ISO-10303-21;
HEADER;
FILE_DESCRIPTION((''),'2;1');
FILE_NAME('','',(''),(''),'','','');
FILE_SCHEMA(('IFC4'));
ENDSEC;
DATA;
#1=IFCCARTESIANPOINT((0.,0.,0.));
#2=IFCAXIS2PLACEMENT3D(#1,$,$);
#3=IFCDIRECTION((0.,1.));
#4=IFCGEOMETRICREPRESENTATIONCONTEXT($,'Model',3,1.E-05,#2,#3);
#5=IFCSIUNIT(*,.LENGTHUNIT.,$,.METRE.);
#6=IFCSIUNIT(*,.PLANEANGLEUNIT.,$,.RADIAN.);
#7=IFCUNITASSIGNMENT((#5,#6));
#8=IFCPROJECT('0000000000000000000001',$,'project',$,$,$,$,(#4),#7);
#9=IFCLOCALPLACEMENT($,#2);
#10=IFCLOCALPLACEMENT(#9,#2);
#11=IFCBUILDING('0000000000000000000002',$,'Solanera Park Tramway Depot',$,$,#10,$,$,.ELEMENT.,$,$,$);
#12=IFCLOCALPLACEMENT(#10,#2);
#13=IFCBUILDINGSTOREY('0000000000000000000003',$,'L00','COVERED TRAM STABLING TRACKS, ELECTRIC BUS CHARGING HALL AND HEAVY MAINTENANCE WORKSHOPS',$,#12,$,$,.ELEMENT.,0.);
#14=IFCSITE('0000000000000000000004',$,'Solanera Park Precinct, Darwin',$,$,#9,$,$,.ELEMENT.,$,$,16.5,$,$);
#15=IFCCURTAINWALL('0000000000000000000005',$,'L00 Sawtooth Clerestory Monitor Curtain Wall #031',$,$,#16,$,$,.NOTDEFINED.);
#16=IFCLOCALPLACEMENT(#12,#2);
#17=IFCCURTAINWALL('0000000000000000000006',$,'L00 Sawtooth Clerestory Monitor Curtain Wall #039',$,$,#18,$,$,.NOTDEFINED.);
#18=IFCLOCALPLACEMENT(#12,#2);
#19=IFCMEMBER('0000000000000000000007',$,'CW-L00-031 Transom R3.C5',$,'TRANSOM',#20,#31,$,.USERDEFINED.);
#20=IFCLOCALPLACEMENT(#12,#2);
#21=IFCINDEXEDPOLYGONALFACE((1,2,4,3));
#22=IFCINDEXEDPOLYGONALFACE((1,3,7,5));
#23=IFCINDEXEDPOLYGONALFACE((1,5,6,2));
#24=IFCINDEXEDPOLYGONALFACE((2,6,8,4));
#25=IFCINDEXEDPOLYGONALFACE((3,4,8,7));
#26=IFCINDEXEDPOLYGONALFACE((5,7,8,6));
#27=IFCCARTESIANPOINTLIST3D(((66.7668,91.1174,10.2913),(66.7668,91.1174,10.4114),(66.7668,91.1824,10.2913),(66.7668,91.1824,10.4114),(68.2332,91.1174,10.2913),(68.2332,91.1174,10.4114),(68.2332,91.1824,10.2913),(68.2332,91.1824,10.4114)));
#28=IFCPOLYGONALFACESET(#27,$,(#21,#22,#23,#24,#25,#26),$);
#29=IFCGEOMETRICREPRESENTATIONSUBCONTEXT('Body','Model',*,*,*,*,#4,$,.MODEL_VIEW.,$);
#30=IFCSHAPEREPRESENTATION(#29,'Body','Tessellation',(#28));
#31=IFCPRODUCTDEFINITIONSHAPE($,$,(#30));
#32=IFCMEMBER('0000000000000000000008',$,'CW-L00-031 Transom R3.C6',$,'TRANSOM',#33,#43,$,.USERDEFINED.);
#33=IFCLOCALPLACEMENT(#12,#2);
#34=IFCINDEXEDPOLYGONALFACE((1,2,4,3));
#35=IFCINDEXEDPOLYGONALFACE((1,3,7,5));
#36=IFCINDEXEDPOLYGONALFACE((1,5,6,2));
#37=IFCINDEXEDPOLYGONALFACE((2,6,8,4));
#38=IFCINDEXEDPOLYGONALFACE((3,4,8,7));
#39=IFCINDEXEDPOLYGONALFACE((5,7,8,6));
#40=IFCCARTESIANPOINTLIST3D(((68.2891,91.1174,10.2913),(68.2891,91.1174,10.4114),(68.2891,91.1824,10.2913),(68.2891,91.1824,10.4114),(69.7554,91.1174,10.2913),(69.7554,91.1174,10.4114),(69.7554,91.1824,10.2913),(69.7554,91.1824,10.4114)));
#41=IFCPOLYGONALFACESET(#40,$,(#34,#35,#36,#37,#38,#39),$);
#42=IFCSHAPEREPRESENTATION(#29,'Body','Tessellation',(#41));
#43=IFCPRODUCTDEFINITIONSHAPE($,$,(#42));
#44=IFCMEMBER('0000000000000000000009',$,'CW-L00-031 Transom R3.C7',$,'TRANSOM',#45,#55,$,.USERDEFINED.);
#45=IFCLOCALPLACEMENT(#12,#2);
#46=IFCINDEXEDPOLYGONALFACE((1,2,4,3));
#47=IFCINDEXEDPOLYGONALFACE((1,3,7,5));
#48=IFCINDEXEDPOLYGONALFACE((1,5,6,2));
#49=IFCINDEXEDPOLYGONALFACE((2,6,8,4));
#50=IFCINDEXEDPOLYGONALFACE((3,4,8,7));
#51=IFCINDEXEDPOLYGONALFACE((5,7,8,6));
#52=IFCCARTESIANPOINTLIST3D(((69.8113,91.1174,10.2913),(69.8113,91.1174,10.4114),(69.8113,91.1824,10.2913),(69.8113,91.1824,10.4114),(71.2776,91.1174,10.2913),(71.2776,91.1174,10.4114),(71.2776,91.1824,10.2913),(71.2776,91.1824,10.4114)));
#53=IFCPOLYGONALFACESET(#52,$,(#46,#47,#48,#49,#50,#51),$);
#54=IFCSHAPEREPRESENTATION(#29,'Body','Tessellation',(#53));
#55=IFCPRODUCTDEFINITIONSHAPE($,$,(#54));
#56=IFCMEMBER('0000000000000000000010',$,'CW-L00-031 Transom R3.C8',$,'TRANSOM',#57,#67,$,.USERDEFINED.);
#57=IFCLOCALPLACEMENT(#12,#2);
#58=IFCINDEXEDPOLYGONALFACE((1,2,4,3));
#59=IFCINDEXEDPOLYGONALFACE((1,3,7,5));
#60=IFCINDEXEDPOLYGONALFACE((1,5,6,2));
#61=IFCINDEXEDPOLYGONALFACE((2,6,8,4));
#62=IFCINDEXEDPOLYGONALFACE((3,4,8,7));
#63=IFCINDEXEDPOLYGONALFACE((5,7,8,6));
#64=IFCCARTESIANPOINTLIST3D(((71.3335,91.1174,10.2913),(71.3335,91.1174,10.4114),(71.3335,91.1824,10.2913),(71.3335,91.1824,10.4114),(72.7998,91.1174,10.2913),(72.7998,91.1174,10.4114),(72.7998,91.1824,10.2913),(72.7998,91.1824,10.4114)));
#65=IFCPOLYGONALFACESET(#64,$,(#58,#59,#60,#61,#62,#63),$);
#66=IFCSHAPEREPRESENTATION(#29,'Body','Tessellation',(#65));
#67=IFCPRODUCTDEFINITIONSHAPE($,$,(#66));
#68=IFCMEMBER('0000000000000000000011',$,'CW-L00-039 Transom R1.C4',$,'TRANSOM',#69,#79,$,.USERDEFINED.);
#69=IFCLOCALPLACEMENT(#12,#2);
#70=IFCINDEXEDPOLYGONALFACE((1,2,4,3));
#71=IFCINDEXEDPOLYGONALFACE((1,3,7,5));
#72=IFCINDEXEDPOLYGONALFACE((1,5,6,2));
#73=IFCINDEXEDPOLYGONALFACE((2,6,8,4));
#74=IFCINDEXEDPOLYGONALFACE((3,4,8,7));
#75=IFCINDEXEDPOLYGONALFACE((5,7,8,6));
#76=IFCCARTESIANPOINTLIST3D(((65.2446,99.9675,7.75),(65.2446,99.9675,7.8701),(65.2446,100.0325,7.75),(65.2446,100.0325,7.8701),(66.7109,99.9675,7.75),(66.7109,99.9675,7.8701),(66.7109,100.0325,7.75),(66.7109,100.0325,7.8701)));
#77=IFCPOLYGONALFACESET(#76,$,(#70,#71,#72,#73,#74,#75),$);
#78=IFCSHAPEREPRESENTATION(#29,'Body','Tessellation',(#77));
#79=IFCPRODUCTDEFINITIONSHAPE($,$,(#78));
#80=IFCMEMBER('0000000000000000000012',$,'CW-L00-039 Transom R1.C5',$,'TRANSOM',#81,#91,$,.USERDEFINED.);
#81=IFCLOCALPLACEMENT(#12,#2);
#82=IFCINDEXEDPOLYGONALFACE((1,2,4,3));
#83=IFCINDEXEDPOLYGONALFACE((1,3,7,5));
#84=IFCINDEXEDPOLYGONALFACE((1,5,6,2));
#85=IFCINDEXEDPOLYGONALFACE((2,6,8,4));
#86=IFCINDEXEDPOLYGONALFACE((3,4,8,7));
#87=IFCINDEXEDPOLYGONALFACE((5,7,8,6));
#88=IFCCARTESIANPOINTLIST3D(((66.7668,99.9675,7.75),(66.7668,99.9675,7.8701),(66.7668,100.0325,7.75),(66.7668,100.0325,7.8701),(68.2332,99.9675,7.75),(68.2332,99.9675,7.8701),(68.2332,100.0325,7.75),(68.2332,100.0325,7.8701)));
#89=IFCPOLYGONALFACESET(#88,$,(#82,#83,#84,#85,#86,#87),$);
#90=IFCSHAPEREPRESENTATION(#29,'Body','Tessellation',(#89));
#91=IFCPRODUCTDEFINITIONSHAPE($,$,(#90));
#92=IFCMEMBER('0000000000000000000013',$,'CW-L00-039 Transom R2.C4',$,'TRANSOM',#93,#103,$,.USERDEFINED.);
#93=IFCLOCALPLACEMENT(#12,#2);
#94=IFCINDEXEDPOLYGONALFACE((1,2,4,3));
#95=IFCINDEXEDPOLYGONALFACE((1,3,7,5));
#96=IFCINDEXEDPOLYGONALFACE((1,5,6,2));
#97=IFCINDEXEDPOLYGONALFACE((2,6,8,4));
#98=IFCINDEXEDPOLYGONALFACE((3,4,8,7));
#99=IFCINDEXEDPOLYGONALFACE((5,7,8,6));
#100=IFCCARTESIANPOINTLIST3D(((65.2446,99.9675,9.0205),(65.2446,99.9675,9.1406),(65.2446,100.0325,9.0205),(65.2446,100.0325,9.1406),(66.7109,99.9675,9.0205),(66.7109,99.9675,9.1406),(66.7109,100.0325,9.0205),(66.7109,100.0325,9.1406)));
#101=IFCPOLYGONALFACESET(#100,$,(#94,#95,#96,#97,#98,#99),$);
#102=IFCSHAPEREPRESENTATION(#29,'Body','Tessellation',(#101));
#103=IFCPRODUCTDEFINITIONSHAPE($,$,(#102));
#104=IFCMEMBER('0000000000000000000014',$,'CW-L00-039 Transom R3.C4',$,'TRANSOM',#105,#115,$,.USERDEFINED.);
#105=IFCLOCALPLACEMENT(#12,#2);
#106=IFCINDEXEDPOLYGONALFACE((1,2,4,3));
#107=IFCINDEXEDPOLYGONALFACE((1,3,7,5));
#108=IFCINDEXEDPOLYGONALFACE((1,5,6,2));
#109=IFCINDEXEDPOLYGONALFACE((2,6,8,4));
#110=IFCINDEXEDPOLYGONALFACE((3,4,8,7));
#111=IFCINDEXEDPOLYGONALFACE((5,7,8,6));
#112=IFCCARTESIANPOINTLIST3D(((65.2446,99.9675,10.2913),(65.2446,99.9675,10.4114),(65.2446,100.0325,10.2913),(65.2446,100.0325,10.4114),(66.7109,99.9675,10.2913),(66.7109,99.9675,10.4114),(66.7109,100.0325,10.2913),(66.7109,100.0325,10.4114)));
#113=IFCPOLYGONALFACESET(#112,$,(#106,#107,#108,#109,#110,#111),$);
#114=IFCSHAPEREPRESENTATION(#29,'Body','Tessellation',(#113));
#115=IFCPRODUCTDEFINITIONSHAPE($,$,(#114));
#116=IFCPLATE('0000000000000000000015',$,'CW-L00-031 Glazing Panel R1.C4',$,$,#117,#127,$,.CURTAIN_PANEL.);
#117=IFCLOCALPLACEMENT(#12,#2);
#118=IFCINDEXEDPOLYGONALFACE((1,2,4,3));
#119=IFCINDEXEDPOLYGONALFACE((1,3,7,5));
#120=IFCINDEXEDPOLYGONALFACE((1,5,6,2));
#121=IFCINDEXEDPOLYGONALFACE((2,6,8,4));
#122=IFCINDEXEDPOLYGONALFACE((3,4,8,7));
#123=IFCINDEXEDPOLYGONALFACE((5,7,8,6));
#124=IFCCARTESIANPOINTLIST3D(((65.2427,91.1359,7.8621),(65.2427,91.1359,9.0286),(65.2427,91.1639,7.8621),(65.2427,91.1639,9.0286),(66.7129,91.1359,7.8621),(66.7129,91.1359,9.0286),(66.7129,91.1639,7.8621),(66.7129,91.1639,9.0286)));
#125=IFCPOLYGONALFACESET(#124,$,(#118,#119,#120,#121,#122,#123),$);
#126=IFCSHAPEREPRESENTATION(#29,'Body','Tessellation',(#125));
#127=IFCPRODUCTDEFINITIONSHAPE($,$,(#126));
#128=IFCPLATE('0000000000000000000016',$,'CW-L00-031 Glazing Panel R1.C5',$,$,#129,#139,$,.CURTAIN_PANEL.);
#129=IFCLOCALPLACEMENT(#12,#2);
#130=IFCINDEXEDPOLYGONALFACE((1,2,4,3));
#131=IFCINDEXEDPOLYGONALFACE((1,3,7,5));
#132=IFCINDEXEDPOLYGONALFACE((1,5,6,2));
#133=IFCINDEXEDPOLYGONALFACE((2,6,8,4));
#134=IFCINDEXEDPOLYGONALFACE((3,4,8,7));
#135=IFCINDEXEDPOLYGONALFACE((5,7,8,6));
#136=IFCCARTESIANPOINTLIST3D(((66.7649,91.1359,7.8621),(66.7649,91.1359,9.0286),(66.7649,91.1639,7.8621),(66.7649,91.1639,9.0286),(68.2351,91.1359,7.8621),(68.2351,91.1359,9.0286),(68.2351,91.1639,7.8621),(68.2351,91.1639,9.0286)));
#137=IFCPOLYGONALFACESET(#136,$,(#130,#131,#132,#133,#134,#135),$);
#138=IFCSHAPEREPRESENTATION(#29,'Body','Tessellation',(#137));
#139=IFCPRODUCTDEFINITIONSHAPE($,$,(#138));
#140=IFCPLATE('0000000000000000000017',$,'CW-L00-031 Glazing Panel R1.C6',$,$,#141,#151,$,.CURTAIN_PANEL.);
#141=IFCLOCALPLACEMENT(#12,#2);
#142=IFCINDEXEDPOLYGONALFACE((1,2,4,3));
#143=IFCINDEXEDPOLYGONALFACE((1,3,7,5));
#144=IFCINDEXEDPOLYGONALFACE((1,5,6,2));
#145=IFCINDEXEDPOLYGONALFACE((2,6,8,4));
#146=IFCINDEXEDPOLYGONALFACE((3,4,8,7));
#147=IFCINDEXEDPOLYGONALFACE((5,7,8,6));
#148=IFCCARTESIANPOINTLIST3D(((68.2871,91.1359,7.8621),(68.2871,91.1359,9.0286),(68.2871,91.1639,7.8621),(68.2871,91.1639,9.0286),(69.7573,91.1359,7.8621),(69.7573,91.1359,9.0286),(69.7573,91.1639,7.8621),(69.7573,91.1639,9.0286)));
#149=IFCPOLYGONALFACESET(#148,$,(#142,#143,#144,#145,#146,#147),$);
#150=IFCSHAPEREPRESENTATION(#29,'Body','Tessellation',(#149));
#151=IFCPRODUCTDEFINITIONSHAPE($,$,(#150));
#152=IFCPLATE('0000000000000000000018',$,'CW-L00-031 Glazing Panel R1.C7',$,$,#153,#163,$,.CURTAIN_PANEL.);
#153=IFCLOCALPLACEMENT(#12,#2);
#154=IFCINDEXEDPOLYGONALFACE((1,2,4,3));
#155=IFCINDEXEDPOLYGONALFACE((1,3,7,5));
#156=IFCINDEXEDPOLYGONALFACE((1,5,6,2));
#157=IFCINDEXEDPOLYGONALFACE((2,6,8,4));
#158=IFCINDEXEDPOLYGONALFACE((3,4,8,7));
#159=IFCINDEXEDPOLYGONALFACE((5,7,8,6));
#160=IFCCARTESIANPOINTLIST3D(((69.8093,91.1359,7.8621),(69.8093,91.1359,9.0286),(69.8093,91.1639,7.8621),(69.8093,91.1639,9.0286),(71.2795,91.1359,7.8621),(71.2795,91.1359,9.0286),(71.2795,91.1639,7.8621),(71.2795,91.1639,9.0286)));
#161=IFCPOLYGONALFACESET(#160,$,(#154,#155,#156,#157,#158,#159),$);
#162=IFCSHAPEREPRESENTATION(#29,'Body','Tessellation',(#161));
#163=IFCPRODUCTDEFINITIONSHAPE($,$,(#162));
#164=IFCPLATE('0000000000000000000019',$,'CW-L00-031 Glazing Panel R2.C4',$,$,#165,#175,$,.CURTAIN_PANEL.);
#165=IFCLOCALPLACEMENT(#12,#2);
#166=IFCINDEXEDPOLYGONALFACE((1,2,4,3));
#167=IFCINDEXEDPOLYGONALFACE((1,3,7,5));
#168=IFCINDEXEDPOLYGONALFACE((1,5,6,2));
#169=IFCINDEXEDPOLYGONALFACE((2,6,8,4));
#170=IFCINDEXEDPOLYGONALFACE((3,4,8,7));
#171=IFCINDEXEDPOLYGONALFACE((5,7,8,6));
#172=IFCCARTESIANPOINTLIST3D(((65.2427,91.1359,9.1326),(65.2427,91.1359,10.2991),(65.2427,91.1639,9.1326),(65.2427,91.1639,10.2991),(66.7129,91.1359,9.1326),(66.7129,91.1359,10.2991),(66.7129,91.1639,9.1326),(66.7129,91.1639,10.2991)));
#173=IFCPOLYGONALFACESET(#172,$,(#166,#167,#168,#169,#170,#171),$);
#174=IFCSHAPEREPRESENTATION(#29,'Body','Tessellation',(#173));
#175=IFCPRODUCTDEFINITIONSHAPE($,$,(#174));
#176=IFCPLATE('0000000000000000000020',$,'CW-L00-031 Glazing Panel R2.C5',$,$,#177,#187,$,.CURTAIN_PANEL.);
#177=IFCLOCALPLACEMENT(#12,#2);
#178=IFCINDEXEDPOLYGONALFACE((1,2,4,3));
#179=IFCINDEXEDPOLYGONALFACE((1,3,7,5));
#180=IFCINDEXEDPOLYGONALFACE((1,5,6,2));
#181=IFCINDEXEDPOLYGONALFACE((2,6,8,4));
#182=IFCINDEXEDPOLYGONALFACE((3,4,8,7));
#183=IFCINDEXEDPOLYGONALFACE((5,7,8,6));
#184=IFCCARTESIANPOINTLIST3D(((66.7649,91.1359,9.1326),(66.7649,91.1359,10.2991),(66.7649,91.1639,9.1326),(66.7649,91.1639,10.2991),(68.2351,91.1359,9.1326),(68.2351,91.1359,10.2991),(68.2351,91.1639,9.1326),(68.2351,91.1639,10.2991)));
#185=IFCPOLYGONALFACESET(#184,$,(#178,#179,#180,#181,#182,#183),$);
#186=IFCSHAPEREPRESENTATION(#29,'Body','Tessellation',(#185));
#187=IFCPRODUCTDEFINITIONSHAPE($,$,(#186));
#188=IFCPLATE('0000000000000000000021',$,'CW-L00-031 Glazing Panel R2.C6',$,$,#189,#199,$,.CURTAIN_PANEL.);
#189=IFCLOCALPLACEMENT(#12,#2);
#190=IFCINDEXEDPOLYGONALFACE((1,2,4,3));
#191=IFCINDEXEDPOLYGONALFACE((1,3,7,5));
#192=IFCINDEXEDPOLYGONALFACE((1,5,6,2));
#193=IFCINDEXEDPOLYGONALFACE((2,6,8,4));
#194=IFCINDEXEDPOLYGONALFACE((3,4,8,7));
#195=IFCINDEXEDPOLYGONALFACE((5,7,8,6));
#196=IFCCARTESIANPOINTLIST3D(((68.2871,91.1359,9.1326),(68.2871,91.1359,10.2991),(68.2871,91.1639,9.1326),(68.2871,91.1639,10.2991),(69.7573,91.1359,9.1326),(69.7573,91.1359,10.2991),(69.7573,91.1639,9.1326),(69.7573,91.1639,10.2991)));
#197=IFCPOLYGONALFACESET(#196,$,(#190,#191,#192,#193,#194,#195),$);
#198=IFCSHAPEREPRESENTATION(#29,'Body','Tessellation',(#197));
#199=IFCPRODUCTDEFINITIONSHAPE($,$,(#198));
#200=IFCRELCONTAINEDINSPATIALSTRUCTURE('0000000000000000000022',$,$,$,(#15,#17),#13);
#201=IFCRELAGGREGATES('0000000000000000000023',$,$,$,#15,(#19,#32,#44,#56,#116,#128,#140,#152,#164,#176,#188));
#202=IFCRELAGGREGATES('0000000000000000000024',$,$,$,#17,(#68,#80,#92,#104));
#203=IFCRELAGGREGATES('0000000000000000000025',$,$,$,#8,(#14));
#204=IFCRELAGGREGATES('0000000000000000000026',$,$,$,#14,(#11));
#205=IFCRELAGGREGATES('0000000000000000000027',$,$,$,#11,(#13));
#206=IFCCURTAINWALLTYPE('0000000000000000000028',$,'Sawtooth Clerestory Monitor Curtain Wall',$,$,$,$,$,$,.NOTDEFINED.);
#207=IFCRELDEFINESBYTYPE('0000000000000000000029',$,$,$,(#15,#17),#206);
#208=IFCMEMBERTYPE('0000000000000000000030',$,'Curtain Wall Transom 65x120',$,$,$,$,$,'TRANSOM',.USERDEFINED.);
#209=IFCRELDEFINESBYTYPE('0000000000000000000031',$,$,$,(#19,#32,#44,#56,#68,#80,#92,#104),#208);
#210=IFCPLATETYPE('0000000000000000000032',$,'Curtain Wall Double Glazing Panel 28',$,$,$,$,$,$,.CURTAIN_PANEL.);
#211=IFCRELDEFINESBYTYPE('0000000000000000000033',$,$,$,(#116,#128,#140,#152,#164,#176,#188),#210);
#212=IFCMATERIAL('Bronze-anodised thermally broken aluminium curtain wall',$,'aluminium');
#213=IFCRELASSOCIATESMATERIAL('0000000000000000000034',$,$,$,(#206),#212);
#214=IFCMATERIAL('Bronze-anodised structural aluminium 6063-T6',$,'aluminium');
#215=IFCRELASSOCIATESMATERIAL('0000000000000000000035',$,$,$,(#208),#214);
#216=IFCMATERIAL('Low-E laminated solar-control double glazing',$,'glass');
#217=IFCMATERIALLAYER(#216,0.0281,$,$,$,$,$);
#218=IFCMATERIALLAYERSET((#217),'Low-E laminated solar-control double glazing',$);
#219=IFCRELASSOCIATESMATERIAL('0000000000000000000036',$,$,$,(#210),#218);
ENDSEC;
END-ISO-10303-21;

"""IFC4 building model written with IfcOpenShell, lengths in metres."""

from ifc_helpers import new_model, si_unit, direction, frame, origin, origin_2d, place, context, subcontext, project, spatial, rectangle, extrude, material, layer, layer_set, material_profile, profile_set, type_object, element, aggregate, save


model = new_model("IFC4")

# Units and contexts
model_context = context("Model", 3, precision=1e-05, world=origin(), true_north=direction((0.0, 1.0)))
body_context = subcontext(model_context, "Body", "Model", "MODEL_VIEW")
ifc_project = project(units=[si_unit("LENGTHUNIT", "METRE"), si_unit("PLANEANGLEUNIT", "RADIAN")], contexts=[model_context])

# Site, building, storey
site_placement = place(None, origin())
site = spatial("IfcSite", under=ifc_project, at=site_placement, Name="Solanera Park Precinct, Darwin", CompositionType="ELEMENT", RefElevation=16.5)
building_placement = place(site_placement, origin())
building = spatial("IfcBuilding", under=site, at=building_placement, Name="Solanera Park Tramway Depot", CompositionType="ELEMENT")
storey_placement = place(building_placement, origin())
storey = spatial("IfcBuildingStorey", under=building, at=storey_placement, Name="L00", Description="COVERED TRAM STABLING TRACKS, ELECTRIC BUS CHARGING HALL AND HEAVY MAINTENANCE WORKSHOPS", CompositionType="ELEMENT", Elevation=0.0)

# Curtain wall
ifc_material_1 = material(Name="Bronze-anodised thermally broken aluminium curtain wall", Category="aluminium")
curtain_wall_type = type_object("IfcCurtainWallType", Name="Sawtooth Clerestory Monitor Curtain Wall", PredefinedType="NOTDEFINED", material=ifc_material_1)
curtain_wall_1_placement = place(storey_placement, origin())
curtain_wall_1 = element("IfcCurtainWall", 1, at=curtain_wall_1_placement, inside=storey, type_object=curtain_wall_type, Name="L00 Sawtooth Clerestory Monitor Curtain Wall #031", PredefinedType="NOTDEFINED")

# Curtain wall
curtain_wall_2_placement = place(storey_placement, origin())
curtain_wall_2 = element("IfcCurtainWall", 2, at=curtain_wall_2_placement, inside=storey, type_object=curtain_wall_type, Name="L00 Sawtooth Clerestory Monitor Curtain Wall #039", PredefinedType="NOTDEFINED")

# Members
ifc_material_2 = material(Name="Bronze-anodised structural aluminium 6063-T6", Category="aluminium")
ifc_material_profile_1 = material_profile(ifc_material_2, rectangle(XDim=0.0649, YDim=0.1201, at=origin_2d()), Name="Curtain Wall Transom 65x120")
ifc_profile_set_1 = profile_set([ifc_material_profile_1], Name="Bronze-anodised structural aluminium 6063-T6")
member_type_1 = type_object("IfcMemberType", Name="Curtain Wall Transom 65x120", ElementType="TRANSOM", PredefinedType="USERDEFINED", material=ifc_profile_set_1)
member_1_placement = place(storey_placement, frame((66.7668, 91.1499, 10.3513), z_axis=(1.0, 0.0, 0.0), x_axis=(0.0, 1.0, 0.0)))
member_1 = element("IfcMember", 3, at=member_1_placement, type_object=member_type_1, Name="CW-L00-031 Transom R3.C5", ObjectType="TRANSOM", PredefinedType="USERDEFINED", context=body_context, shape_type="SweptSolid", body=[
    extrude(rectangle(XDim=0.0649, YDim=0.1201, at=origin_2d()), origin(), (0.0, 0.0, 1.0), 1.4663),
])
member_2_placement = place(storey_placement, frame((68.2891, 91.1499, 10.3513), z_axis=(1.0, 0.0, 0.0), x_axis=(0.0, 1.0, 0.0)))
member_2 = element("IfcMember", 4, at=member_2_placement, type_object=member_type_1, Name="CW-L00-031 Transom R3.C6", ObjectType="TRANSOM", PredefinedType="USERDEFINED", context=body_context, shape_type="SweptSolid", body=[
    extrude(rectangle(XDim=0.0649, YDim=0.1201, at=origin_2d()), origin(), (0.0, 0.0, 1.0), 1.4663),
])
member_3_placement = place(storey_placement, frame((69.8113, 91.1499, 10.3513), z_axis=(1.0, 0.0, 0.0), x_axis=(0.0, 1.0, 0.0)))
member_3 = element("IfcMember", 5, at=member_3_placement, type_object=member_type_1, Name="CW-L00-031 Transom R3.C7", ObjectType="TRANSOM", PredefinedType="USERDEFINED", context=body_context, shape_type="SweptSolid", body=[
    extrude(rectangle(XDim=0.0649, YDim=0.1201, at=origin_2d()), origin(), (0.0, 0.0, 1.0), 1.4663),
])
member_4_placement = place(storey_placement, frame((71.3335, 91.1499, 10.3513), z_axis=(1.0, 0.0, 0.0), x_axis=(0.0, 1.0, 0.0)))
member_4 = element("IfcMember", 6, at=member_4_placement, type_object=member_type_1, Name="CW-L00-031 Transom R3.C8", ObjectType="TRANSOM", PredefinedType="USERDEFINED", context=body_context, shape_type="SweptSolid", body=[
    extrude(rectangle(XDim=0.0649, YDim=0.1201, at=origin_2d()), origin(), (0.0, 0.0, 1.0), 1.4663),
])
member_5_placement = place(storey_placement, frame((65.2446, 100.0, 7.8101), z_axis=(1.0, 0.0, 0.0), x_axis=(0.0, 1.0, 0.0)))
member_5 = element("IfcMember", 7, at=member_5_placement, type_object=member_type_1, Name="CW-L00-039 Transom R1.C4", ObjectType="TRANSOM", PredefinedType="USERDEFINED", context=body_context, shape_type="SweptSolid", body=[
    extrude(rectangle(XDim=0.0649, YDim=0.1201, at=origin_2d()), origin(), (0.0, 0.0, 1.0), 1.4663),
])
member_6_placement = place(storey_placement, frame((66.7668, 100.0, 7.8101), z_axis=(1.0, 0.0, 0.0), x_axis=(0.0, 1.0, 0.0)))
member_6 = element("IfcMember", 8, at=member_6_placement, type_object=member_type_1, Name="CW-L00-039 Transom R1.C5", ObjectType="TRANSOM", PredefinedType="USERDEFINED", context=body_context, shape_type="SweptSolid", body=[
    extrude(rectangle(XDim=0.0649, YDim=0.1201, at=origin_2d()), origin(), (0.0, 0.0, 1.0), 1.4663),
])
member_7_placement = place(storey_placement, frame((65.2446, 100.0, 9.0806), z_axis=(1.0, 0.0, 0.0), x_axis=(0.0, 1.0, 0.0)))
member_7 = element("IfcMember", 9, at=member_7_placement, type_object=member_type_1, Name="CW-L00-039 Transom R2.C4", ObjectType="TRANSOM", PredefinedType="USERDEFINED", context=body_context, shape_type="SweptSolid", body=[
    extrude(rectangle(XDim=0.0649, YDim=0.1201, at=origin_2d()), origin(), (0.0, 0.0, 1.0), 1.4663),
])
member_8_placement = place(storey_placement, frame((65.2446, 100.0, 10.3513), z_axis=(1.0, 0.0, 0.0), x_axis=(0.0, 1.0, 0.0)))
member_8 = element("IfcMember", 10, at=member_8_placement, type_object=member_type_1, Name="CW-L00-039 Transom R3.C4", ObjectType="TRANSOM", PredefinedType="USERDEFINED", context=body_context, shape_type="SweptSolid", body=[
    extrude(rectangle(XDim=0.0649, YDim=0.1201, at=origin_2d()), origin(), (0.0, 0.0, 1.0), 1.4663),
])

# Plates
ifc_material_3 = material(Name="Low-E laminated solar-control double glazing", Category="glass")
ifc_layer = layer(ifc_material_3, 0.0281)
ifc_layer_set = layer_set([ifc_layer], Name="Low-E laminated solar-control double glazing")
plate_type = type_object("IfcPlateType", Name="Curtain Wall Double Glazing Panel 28", PredefinedType="CURTAIN_PANEL", material=ifc_layer_set)
plate_1_placement = place(storey_placement, frame((65.9778, 91.1499, 7.8621), z_axis=(0.0, 0.0, 1.0), x_axis=(1.0, 0.0, 0.0)))
plate_1 = element("IfcPlate", 11, at=plate_1_placement, type_object=plate_type, Name="CW-L00-031 Glazing Panel R1.C4", PredefinedType="CURTAIN_PANEL", context=body_context, shape_type="SweptSolid", body=[
    extrude(rectangle(XDim=1.4702, YDim=0.0281, at=origin_2d()), origin(), (0.0, 0.0, 1.0), 1.1665),
])
plate_2_placement = place(storey_placement, frame((67.5, 91.1499, 7.8621), z_axis=(0.0, 0.0, 1.0), x_axis=(1.0, 0.0, 0.0)))
plate_2 = element("IfcPlate", 12, at=plate_2_placement, type_object=plate_type, Name="CW-L00-031 Glazing Panel R1.C5", PredefinedType="CURTAIN_PANEL", context=body_context, shape_type="SweptSolid", body=[
    extrude(rectangle(XDim=1.4702, YDim=0.0281, at=origin_2d()), origin(), (0.0, 0.0, 1.0), 1.1665),
])
plate_3_placement = place(storey_placement, frame((69.0222, 91.1499, 7.8621), z_axis=(0.0, 0.0, 1.0), x_axis=(1.0, 0.0, 0.0)))
plate_3 = element("IfcPlate", 13, at=plate_3_placement, type_object=plate_type, Name="CW-L00-031 Glazing Panel R1.C6", PredefinedType="CURTAIN_PANEL", context=body_context, shape_type="SweptSolid", body=[
    extrude(rectangle(XDim=1.4702, YDim=0.0281, at=origin_2d()), origin(), (0.0, 0.0, 1.0), 1.1665),
])
plate_4_placement = place(storey_placement, frame((70.5444, 91.1499, 7.8621), z_axis=(0.0, 0.0, 1.0), x_axis=(1.0, 0.0, 0.0)))
plate_4 = element("IfcPlate", 14, at=plate_4_placement, type_object=plate_type, Name="CW-L00-031 Glazing Panel R1.C7", PredefinedType="CURTAIN_PANEL", context=body_context, shape_type="SweptSolid", body=[
    extrude(rectangle(XDim=1.4702, YDim=0.0281, at=origin_2d()), origin(), (0.0, 0.0, 1.0), 1.1665),
])
plate_5_placement = place(storey_placement, frame((65.9778, 91.1499, 9.1326), z_axis=(0.0, 0.0, 1.0), x_axis=(1.0, 0.0, 0.0)))
plate_5 = element("IfcPlate", 15, at=plate_5_placement, type_object=plate_type, Name="CW-L00-031 Glazing Panel R2.C4", PredefinedType="CURTAIN_PANEL", context=body_context, shape_type="SweptSolid", body=[
    extrude(rectangle(XDim=1.4702, YDim=0.0281, at=origin_2d()), origin(), (0.0, 0.0, 1.0), 1.1665),
])
plate_6_placement = place(storey_placement, frame((67.5, 91.1499, 9.1326), z_axis=(0.0, 0.0, 1.0), x_axis=(1.0, 0.0, 0.0)))
plate_6 = element("IfcPlate", 16, at=plate_6_placement, type_object=plate_type, Name="CW-L00-031 Glazing Panel R2.C5", PredefinedType="CURTAIN_PANEL", context=body_context, shape_type="SweptSolid", body=[
    extrude(rectangle(XDim=1.4702, YDim=0.0281, at=origin_2d()), origin(), (0.0, 0.0, 1.0), 1.1665),
])
plate_7_placement = place(storey_placement, frame((69.0222, 91.1499, 9.1326), z_axis=(0.0, 0.0, 1.0), x_axis=(1.0, 0.0, 0.0)))
plate_7 = element("IfcPlate", 17, at=plate_7_placement, type_object=plate_type, Name="CW-L00-031 Glazing Panel R2.C6", PredefinedType="CURTAIN_PANEL", context=body_context, shape_type="SweptSolid", body=[
    extrude(rectangle(XDim=1.4702, YDim=0.0281, at=origin_2d()), origin(), (0.0, 0.0, 1.0), 1.1665),
])
aggregate(curtain_wall_1, [member_1, member_2, member_3, member_4, plate_1, plate_2, plate_3, plate_4, plate_5, plate_6, plate_7])
aggregate(curtain_wall_2, [member_5, member_6, member_7, member_8])

save(model, "model.ifc")
